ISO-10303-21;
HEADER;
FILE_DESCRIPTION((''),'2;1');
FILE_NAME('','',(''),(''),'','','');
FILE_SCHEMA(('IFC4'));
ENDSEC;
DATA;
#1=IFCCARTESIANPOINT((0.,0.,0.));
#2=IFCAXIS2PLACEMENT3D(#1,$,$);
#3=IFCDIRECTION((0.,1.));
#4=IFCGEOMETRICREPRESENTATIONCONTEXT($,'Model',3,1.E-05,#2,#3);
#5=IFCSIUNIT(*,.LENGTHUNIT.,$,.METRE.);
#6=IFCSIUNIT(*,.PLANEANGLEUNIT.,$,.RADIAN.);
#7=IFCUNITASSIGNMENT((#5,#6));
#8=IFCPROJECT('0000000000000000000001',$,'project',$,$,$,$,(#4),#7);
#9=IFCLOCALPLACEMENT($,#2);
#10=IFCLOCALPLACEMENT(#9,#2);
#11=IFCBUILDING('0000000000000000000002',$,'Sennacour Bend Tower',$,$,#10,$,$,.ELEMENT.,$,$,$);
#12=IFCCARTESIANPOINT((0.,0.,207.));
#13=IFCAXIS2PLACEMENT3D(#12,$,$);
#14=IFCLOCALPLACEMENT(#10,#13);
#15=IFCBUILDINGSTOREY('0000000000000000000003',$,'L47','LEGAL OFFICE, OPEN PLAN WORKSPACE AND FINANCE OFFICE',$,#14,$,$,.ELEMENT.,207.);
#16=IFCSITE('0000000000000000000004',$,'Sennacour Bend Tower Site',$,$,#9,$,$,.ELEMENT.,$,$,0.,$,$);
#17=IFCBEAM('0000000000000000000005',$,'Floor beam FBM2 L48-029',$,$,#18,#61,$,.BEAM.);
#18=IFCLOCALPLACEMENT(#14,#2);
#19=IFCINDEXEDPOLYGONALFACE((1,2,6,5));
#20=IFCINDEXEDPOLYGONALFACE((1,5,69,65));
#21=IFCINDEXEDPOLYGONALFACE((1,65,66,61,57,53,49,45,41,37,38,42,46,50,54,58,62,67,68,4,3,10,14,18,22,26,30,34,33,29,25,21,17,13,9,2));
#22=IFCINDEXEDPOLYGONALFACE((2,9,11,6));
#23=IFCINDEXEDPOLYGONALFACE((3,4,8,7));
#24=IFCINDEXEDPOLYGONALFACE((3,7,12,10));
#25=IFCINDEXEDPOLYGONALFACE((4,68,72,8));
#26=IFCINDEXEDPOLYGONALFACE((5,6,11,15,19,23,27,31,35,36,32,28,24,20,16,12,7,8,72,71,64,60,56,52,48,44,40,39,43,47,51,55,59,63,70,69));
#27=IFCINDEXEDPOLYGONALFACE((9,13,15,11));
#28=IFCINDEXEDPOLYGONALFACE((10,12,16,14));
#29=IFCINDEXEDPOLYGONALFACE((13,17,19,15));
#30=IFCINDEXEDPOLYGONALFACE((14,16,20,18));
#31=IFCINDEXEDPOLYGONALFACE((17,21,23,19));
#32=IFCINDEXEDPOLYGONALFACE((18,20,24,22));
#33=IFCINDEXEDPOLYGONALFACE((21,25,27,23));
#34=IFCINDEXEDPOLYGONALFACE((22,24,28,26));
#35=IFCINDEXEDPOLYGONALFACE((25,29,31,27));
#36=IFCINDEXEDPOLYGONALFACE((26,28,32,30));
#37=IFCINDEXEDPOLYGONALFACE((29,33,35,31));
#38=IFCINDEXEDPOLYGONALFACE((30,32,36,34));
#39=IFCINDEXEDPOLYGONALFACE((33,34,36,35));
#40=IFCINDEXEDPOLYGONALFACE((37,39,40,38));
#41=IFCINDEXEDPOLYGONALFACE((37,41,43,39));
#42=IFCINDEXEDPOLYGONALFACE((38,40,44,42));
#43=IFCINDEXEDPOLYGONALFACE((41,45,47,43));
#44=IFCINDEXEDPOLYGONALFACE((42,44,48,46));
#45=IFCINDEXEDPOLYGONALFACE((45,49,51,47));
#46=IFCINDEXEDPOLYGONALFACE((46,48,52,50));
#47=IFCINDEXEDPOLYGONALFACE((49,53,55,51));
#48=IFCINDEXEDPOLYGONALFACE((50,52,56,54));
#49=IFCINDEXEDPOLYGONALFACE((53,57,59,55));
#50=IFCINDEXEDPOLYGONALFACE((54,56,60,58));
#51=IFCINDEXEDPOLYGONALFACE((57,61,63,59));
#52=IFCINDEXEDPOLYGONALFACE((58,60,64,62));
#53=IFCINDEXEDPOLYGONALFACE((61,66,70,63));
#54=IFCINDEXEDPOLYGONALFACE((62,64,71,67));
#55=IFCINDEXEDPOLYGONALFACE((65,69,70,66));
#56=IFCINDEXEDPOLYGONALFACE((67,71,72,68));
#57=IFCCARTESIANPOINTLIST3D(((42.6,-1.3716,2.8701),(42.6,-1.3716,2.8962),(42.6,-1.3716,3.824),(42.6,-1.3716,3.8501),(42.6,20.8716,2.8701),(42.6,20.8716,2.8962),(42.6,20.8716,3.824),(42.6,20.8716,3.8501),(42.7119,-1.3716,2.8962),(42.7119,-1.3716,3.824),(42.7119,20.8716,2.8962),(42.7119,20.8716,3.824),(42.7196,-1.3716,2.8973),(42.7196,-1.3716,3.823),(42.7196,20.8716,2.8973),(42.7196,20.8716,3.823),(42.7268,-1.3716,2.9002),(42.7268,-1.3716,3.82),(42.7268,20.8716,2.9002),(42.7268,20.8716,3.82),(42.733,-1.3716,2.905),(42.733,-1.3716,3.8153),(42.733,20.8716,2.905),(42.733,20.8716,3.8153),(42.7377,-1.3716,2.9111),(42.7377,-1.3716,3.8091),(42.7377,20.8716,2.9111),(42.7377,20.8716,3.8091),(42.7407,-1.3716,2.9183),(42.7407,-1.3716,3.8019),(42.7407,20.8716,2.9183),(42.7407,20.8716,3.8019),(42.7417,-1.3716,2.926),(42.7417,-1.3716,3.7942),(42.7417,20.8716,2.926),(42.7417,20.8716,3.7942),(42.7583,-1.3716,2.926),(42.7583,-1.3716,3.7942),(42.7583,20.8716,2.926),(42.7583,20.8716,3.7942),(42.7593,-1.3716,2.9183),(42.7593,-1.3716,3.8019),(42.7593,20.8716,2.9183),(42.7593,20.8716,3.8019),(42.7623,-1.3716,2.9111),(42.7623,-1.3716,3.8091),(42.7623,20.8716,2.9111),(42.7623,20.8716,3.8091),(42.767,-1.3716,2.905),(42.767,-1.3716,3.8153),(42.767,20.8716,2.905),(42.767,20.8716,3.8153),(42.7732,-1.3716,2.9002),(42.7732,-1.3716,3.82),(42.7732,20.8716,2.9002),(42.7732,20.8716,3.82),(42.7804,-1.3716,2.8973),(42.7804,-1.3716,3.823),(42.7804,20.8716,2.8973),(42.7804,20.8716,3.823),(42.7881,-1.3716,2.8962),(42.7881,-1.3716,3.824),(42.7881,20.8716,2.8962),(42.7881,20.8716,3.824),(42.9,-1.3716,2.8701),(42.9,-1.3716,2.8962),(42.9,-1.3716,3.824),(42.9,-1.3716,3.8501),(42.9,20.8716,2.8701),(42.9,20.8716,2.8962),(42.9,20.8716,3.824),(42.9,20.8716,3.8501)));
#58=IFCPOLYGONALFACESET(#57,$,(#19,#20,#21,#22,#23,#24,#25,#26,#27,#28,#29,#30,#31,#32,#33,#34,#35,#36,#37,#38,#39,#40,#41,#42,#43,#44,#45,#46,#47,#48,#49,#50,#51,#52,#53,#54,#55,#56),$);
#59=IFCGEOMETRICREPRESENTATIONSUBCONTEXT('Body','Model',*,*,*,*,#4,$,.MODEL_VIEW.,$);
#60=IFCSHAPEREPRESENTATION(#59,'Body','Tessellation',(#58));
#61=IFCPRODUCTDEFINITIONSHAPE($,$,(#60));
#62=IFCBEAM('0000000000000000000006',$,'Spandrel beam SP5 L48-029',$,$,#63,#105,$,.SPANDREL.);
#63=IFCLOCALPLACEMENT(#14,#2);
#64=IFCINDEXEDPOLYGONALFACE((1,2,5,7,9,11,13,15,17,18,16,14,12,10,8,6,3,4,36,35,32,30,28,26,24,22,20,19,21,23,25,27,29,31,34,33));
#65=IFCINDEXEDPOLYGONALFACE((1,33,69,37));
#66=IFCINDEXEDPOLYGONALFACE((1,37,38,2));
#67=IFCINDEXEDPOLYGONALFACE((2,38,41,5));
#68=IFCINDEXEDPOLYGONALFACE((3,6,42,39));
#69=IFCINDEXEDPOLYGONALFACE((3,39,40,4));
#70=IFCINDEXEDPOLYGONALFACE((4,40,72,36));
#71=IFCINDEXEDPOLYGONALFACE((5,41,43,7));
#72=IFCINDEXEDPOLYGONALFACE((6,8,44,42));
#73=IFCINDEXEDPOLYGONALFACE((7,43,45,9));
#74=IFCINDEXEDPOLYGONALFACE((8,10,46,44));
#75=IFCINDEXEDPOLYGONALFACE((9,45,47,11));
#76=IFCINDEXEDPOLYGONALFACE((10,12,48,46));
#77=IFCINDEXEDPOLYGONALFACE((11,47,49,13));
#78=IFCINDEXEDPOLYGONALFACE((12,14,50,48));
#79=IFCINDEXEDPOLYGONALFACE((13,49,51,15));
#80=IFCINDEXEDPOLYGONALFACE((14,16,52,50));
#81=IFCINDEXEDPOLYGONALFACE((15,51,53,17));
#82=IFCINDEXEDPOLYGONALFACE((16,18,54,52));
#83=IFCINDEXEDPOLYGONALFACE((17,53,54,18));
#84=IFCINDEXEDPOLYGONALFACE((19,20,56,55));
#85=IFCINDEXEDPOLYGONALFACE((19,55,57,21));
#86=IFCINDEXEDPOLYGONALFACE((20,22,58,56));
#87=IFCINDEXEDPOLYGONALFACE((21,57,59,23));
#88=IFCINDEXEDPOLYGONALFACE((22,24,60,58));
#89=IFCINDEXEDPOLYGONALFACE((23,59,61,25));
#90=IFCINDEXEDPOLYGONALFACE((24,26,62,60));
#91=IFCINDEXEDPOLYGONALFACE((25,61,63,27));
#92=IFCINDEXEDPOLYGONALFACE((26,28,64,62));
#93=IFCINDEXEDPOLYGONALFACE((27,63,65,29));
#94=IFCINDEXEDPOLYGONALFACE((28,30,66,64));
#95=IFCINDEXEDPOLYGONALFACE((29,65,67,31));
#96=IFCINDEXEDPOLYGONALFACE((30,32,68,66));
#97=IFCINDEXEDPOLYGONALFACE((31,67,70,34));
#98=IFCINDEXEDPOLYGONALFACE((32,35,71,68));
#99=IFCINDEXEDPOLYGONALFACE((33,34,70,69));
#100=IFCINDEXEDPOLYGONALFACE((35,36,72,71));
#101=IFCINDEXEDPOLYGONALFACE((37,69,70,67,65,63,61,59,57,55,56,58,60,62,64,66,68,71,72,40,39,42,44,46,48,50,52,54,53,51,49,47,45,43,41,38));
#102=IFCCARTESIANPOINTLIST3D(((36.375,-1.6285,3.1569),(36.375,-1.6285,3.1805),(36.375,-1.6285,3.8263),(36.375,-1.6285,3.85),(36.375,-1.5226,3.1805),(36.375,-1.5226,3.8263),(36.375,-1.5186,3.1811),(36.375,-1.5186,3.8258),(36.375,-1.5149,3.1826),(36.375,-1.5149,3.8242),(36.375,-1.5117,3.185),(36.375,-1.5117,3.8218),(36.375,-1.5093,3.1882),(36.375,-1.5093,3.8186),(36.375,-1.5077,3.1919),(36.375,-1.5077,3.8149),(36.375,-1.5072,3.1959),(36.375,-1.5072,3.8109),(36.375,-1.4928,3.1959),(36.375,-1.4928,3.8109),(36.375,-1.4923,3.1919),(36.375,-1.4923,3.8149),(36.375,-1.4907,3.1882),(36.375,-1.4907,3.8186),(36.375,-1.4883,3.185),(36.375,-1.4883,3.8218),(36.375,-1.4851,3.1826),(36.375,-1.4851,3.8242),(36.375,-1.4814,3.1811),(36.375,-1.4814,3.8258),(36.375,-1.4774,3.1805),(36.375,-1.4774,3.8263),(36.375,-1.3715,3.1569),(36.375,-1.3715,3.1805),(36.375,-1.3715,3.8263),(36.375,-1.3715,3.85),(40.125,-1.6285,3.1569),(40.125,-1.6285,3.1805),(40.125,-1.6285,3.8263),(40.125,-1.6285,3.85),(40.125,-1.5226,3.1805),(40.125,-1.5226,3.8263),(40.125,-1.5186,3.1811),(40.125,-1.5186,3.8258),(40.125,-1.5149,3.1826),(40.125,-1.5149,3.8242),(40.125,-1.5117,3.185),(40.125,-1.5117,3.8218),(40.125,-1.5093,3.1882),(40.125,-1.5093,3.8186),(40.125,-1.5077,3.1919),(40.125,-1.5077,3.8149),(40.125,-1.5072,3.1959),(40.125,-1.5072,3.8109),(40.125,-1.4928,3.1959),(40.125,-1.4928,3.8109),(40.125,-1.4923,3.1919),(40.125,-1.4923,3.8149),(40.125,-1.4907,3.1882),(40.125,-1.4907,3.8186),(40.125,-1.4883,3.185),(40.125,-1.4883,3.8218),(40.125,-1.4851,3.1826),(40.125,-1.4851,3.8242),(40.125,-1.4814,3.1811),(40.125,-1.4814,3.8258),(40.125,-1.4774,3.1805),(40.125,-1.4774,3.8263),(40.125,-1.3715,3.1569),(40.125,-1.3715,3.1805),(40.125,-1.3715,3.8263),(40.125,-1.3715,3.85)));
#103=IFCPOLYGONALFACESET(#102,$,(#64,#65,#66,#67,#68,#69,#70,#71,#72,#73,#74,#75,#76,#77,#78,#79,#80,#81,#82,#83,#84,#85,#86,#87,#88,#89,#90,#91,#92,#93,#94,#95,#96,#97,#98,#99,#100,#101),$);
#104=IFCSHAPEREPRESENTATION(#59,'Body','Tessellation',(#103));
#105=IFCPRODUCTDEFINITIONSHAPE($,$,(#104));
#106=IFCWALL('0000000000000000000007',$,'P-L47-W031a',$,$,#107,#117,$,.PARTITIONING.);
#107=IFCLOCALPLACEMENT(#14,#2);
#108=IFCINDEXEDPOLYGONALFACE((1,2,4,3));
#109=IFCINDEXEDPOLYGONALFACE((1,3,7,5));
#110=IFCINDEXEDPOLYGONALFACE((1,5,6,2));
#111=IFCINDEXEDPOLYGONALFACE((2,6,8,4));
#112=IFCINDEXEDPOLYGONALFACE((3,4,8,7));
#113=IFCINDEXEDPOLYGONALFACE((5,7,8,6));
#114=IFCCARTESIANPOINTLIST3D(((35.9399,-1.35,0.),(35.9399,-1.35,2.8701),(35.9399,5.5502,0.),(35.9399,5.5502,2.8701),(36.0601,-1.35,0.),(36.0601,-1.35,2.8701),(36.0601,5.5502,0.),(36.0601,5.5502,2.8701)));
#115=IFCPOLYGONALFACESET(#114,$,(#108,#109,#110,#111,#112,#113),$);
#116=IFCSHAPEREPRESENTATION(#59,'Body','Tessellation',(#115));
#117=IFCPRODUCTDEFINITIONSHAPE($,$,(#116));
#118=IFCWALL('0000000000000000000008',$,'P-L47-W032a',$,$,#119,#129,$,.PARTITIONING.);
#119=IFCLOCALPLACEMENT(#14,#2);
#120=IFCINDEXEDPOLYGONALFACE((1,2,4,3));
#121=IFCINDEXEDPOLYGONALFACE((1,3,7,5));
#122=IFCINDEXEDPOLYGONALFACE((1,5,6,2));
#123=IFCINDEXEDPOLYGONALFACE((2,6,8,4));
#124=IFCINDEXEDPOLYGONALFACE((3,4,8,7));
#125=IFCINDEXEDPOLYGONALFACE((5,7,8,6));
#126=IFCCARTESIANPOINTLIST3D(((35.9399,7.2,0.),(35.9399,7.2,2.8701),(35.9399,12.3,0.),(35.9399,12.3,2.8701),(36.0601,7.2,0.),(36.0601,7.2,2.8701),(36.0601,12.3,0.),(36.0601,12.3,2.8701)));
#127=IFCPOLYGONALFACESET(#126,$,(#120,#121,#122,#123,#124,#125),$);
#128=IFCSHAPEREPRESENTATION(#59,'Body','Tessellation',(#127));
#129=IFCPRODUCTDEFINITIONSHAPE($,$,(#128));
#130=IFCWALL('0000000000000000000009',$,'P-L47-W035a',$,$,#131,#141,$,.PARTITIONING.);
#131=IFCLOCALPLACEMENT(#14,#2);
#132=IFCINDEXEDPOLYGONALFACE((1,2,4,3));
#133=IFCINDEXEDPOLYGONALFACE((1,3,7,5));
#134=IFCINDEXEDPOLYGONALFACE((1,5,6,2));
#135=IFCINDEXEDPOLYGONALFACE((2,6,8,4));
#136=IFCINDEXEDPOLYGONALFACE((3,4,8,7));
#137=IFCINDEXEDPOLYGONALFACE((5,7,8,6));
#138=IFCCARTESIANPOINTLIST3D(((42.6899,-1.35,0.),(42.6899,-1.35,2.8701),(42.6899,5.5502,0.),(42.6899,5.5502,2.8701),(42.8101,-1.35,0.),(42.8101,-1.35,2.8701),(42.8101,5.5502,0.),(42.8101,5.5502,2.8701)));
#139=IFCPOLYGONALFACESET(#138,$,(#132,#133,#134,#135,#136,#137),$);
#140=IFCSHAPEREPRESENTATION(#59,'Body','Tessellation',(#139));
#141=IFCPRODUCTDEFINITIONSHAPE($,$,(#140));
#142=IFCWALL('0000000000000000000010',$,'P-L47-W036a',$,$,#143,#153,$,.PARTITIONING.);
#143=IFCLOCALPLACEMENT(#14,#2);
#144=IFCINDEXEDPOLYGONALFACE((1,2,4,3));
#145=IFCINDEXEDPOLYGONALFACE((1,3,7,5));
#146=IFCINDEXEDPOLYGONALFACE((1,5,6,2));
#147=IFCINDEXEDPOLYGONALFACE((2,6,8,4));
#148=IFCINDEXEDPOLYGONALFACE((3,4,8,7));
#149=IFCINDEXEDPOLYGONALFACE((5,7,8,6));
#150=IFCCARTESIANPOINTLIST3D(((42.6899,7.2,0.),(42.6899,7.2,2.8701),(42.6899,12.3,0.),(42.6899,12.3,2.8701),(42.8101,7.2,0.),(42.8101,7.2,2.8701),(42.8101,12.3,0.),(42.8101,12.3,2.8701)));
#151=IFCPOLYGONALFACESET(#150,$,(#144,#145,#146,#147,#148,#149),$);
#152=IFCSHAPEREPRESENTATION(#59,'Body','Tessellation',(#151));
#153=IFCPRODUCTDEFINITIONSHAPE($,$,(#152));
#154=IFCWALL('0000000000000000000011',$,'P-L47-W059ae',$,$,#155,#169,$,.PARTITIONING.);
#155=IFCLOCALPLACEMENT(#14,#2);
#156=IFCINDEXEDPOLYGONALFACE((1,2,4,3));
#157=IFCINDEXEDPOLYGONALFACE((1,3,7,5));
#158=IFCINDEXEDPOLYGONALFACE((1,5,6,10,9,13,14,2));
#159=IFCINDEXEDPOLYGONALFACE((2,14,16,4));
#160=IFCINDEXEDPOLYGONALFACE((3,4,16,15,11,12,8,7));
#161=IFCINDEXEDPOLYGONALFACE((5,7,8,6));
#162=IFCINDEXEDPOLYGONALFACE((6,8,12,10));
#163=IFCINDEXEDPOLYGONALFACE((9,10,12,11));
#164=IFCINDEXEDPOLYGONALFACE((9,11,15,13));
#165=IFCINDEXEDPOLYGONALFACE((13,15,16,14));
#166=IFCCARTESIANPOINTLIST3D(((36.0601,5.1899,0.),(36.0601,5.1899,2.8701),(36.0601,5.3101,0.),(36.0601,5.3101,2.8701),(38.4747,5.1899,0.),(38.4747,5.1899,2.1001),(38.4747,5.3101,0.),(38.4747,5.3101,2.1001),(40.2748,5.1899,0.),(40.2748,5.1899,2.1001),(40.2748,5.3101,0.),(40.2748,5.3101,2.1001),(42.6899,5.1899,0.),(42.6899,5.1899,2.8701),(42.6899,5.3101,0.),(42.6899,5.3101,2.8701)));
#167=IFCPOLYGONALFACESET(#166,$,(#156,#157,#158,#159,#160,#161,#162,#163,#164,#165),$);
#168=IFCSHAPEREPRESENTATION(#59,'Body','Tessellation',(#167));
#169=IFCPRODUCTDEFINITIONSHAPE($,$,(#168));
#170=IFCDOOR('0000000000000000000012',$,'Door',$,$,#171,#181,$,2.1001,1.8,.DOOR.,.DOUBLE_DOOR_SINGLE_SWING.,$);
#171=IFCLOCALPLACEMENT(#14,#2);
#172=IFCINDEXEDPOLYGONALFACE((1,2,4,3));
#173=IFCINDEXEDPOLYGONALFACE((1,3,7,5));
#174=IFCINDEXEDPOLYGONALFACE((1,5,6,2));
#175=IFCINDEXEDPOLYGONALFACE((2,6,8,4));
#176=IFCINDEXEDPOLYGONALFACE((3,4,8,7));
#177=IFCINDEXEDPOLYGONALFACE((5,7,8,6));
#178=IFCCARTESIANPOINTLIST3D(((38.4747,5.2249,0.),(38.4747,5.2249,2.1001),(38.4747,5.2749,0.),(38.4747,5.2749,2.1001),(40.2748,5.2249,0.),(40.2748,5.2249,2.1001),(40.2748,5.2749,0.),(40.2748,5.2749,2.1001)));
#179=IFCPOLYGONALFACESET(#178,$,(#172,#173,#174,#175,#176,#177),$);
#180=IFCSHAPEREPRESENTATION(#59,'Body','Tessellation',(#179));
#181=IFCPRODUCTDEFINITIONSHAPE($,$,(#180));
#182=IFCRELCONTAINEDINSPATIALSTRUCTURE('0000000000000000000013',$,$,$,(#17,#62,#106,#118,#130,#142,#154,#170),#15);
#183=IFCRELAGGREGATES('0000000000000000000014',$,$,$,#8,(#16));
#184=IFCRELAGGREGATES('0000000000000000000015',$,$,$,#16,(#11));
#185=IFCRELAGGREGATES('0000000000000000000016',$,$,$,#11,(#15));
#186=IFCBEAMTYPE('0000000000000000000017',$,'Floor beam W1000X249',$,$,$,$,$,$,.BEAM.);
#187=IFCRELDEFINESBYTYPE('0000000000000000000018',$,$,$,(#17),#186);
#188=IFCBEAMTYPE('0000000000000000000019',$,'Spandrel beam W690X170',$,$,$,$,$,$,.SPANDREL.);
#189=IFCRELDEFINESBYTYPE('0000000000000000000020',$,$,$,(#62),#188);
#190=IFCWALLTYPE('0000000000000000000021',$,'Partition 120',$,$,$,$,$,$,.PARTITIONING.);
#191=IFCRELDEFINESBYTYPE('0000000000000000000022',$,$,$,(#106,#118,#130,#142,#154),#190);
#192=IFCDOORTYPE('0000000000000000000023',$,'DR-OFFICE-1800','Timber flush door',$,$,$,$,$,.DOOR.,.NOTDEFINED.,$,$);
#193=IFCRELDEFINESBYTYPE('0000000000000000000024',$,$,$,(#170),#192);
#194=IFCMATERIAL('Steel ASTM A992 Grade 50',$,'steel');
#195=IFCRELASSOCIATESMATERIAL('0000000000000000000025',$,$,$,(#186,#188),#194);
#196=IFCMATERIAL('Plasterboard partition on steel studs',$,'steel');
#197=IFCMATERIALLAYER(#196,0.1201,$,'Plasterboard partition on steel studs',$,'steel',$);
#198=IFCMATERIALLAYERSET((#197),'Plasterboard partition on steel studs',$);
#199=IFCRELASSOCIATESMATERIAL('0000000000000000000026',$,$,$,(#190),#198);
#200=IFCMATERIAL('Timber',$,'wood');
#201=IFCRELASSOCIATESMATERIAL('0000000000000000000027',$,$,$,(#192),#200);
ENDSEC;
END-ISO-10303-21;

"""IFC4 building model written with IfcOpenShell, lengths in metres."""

from ifc_helpers import new_model, si_unit, direction, frame, frame_2d, origin, origin_2d, place, context, subcontext, project, spatial, rectangle, i_section, extrude, material, layer, layer_set, material_profile, profile_set, type_object, element, fill, save


model = new_model("IFC4")

# Units and contexts
model_context = context("Model", 3, precision=1e-05, world=origin(), true_north=direction((0.0, 1.0)))
body_context = subcontext(model_context, "Body", "Model", "MODEL_VIEW")
ifc_project = project(units=[si_unit("LENGTHUNIT", "METRE"), si_unit("PLANEANGLEUNIT", "RADIAN")], contexts=[model_context])

# Site, building, storey
site_placement = place(None, origin())
site = spatial("IfcSite", under=ifc_project, at=site_placement, Name="Sennacour Bend Tower Site", CompositionType="ELEMENT", RefElevation=0.0)
building_placement = place(site_placement, origin())
building = spatial("IfcBuilding", under=site, at=building_placement, Name="Sennacour Bend Tower", CompositionType="ELEMENT")
storey_placement = place(building_placement, frame((0.0, 0.0, 207.0)))
storey = spatial("IfcBuildingStorey", under=building, at=storey_placement, Name="L47", Description="LEGAL OFFICE, OPEN PLAN WORKSPACE AND FINANCE OFFICE", CompositionType="ELEMENT", Elevation=207.0)

# Beams
ifc_material_1 = material(Name="Steel ASTM A992 Grade 50", Category="steel")
ifc_material_profile_1 = material_profile(ifc_material_1, i_section(OverallWidth=0.3, OverallDepth=0.98, WebThickness=0.0166, FlangeThickness=0.0261, FilletRadius=0.0298, at=origin_2d()), Name="Steel ASTM A992 Grade 50", Category="steel")
ifc_profile_set_1 = profile_set([ifc_material_profile_1], Name="Steel ASTM A992 Grade 50")
beam_type_1 = type_object("IfcBeamType", Name="Floor beam W1000X249", PredefinedType="BEAM", material=ifc_profile_set_1)
beam_1_placement = place(storey_placement, frame((42.75, -1.3716, 3.3601), z_axis=(0.0, 1.0, 0.0), x_axis=(-1.0, 0.0, 0.0)))
element("IfcBeam", 1, at=beam_1_placement, inside=storey, type_object=beam_type_1, Name="Floor beam FBM2 L48-029", PredefinedType="BEAM", context=body_context, shape_type="SweptSolid", body=[
    extrude(i_section(OverallWidth=0.3, OverallDepth=0.98, WebThickness=0.0166, FlangeThickness=0.0261, FilletRadius=0.0298, at=origin_2d()), origin(), (0.0, 0.0, 1.0), 22.2432),
])
ifc_material_profile_2 = material_profile(ifc_material_1, i_section(OverallWidth=0.2571, OverallDepth=0.6931, WebThickness=0.0144, FlangeThickness=0.0237, FilletRadius=0.0154, at=origin_2d()), Name="Steel ASTM A992 Grade 50", Category="steel")
ifc_profile_set_2 = profile_set([ifc_material_profile_2], Name="Steel ASTM A992 Grade 50")
beam_type_2 = type_object("IfcBeamType", Name="Spandrel beam W690X170", PredefinedType="SPANDREL", material=ifc_profile_set_2)
beam_2_placement = place(storey_placement, frame((40.125, -1.5, 3.5034), z_axis=(-1.0, 0.0, 0.0), x_axis=(0.0, -1.0, 0.0)))
element("IfcBeam", 2, at=beam_2_placement, inside=storey, type_object=beam_type_2, Name="Spandrel beam SP5 L48-029", PredefinedType="SPANDREL", context=body_context, shape_type="SweptSolid", body=[
    extrude(i_section(OverallWidth=0.2571, OverallDepth=0.6931, WebThickness=0.0144, FlangeThickness=0.0237, FilletRadius=0.0154, at=origin_2d()), origin(), (0.0, 0.0, 1.0), 3.75),
])

# Walls
ifc_material_2 = material(Name="Plasterboard partition on steel studs", Category="steel")
ifc_layer_1 = layer(ifc_material_2, 0.1201, Name="Plasterboard partition on steel studs", Category="steel")
ifc_layer_set_1 = layer_set([ifc_layer_1], Name="Plasterboard partition on steel studs")
wall_type_1 = type_object("IfcWallType", Name="Partition 120", PredefinedType="PARTITIONING", material=ifc_layer_set_1)
wall_1_placement = place(storey_placement, frame((36.0, -1.3501, 0.0), z_axis=(0.0, 0.0, 1.0), x_axis=(0.0, 1.0, 0.0)))
element("IfcWall", 3, at=wall_1_placement, inside=storey, type_object=wall_type_1, Name="P-L47-W031a", PredefinedType="PARTITIONING", context=body_context, shape_type="SweptSolid", body=[
    extrude(rectangle(XDim=6.9001, YDim=0.1201, at=frame_2d((3.4502, 0.0))), origin(), (0.0, 0.0, 1.0), 2.8701),
])
wall_2_placement = place(storey_placement, frame((36.0, 7.2, 0.0), z_axis=(0.0, 0.0, 1.0), x_axis=(0.0, 1.0, 0.0)))
element("IfcWall", 4, at=wall_2_placement, inside=storey, type_object=wall_type_1, Name="P-L47-W032a", PredefinedType="PARTITIONING", context=body_context, shape_type="SweptSolid", body=[
    extrude(rectangle(XDim=5.1001, YDim=0.1201, at=frame_2d((2.55, 0.0))), origin(), (0.0, 0.0, 1.0), 2.8701),
])
wall_3_placement = place(storey_placement, frame((42.75, -1.3501, 0.0), z_axis=(0.0, 0.0, 1.0), x_axis=(0.0, 1.0, 0.0)))
element("IfcWall", 5, at=wall_3_placement, inside=storey, type_object=wall_type_1, Name="P-L47-W035a", PredefinedType="PARTITIONING", context=body_context, shape_type="SweptSolid", body=[
    extrude(rectangle(XDim=6.9001, YDim=0.1201, at=frame_2d((3.4502, 0.0))), origin(), (0.0, 0.0, 1.0), 2.8701),
])
wall_4_placement = place(storey_placement, frame((42.75, 7.2, 0.0), z_axis=(0.0, 0.0, 1.0), x_axis=(0.0, 1.0, 0.0)))
element("IfcWall", 6, at=wall_4_placement, inside=storey, type_object=wall_type_1, Name="P-L47-W036a", PredefinedType="PARTITIONING", context=body_context, shape_type="SweptSolid", body=[
    extrude(rectangle(XDim=5.1001, YDim=0.1201, at=frame_2d((2.55, 0.0))), origin(), (0.0, 0.0, 1.0), 2.8701),
])

# Wall, opening, door
wall_5_placement = place(storey_placement, frame((36.0601, 5.25, 0.0), z_axis=(0.0, 0.0, 1.0), x_axis=(1.0, 0.0, 0.0)))
wall_5 = element("IfcWall", 7, at=wall_5_placement, inside=storey, type_object=wall_type_1, Name="P-L47-W059ae", PredefinedType="PARTITIONING", context=body_context, shape_type="SweptSolid", body=[
    extrude(rectangle(XDim=6.6299, YDim=0.1201, at=frame_2d((3.3149, 0.0))), origin(), (0.0, 0.0, 1.0), 2.8701),
])
opening_1_placement = place(wall_5_placement, frame((2.4148, 0.0, 0.0)))
opening_1 = element("IfcOpeningElement", 8, at=opening_1_placement, cuts=wall_5, PredefinedType="OPENING", context=body_context, shape_type="SweptSolid", body=[
    extrude(rectangle(XDim=1.8, YDim=2.1001, at=frame_2d((0.8999, 1.05))), frame((0.0, 0.0701, 0.0), z_axis=(0.0, -1.0, 0.0), x_axis=(1.0, 0.0, 0.0)), (0.0, 0.0, 1.0), 0.1401),
])
ifc_material_3 = material(Name="Timber", Category="wood")
door_type_1 = type_object("IfcDoorType", Name="DR-OFFICE-1800", Description="Timber flush door", OperationType="NOTDEFINED", PredefinedType="DOOR", material=ifc_material_3)
door_1_placement = place(opening_1_placement, origin())
door_1 = element("IfcDoor", 9, at=door_1_placement, inside=storey, type_object=door_type_1, Name="Door", OperationType="DOUBLE_DOOR_SINGLE_SWING", OverallHeight=2.1001, OverallWidth=1.8, PredefinedType="DOOR", context=body_context, shape_type="SweptSolid", body=[
    extrude(rectangle(XDim=1.8, YDim=2.1001, at=frame_2d((0.8999, 1.05))), frame((0.0, 0.0249, 0.0), z_axis=(0.0, -1.0, 0.0), x_axis=(1.0, 0.0, 0.0)), (0.0, 0.0, 1.0), 0.05),
])
fill(opening_1, door_1)

save(model, "model.ifc")
